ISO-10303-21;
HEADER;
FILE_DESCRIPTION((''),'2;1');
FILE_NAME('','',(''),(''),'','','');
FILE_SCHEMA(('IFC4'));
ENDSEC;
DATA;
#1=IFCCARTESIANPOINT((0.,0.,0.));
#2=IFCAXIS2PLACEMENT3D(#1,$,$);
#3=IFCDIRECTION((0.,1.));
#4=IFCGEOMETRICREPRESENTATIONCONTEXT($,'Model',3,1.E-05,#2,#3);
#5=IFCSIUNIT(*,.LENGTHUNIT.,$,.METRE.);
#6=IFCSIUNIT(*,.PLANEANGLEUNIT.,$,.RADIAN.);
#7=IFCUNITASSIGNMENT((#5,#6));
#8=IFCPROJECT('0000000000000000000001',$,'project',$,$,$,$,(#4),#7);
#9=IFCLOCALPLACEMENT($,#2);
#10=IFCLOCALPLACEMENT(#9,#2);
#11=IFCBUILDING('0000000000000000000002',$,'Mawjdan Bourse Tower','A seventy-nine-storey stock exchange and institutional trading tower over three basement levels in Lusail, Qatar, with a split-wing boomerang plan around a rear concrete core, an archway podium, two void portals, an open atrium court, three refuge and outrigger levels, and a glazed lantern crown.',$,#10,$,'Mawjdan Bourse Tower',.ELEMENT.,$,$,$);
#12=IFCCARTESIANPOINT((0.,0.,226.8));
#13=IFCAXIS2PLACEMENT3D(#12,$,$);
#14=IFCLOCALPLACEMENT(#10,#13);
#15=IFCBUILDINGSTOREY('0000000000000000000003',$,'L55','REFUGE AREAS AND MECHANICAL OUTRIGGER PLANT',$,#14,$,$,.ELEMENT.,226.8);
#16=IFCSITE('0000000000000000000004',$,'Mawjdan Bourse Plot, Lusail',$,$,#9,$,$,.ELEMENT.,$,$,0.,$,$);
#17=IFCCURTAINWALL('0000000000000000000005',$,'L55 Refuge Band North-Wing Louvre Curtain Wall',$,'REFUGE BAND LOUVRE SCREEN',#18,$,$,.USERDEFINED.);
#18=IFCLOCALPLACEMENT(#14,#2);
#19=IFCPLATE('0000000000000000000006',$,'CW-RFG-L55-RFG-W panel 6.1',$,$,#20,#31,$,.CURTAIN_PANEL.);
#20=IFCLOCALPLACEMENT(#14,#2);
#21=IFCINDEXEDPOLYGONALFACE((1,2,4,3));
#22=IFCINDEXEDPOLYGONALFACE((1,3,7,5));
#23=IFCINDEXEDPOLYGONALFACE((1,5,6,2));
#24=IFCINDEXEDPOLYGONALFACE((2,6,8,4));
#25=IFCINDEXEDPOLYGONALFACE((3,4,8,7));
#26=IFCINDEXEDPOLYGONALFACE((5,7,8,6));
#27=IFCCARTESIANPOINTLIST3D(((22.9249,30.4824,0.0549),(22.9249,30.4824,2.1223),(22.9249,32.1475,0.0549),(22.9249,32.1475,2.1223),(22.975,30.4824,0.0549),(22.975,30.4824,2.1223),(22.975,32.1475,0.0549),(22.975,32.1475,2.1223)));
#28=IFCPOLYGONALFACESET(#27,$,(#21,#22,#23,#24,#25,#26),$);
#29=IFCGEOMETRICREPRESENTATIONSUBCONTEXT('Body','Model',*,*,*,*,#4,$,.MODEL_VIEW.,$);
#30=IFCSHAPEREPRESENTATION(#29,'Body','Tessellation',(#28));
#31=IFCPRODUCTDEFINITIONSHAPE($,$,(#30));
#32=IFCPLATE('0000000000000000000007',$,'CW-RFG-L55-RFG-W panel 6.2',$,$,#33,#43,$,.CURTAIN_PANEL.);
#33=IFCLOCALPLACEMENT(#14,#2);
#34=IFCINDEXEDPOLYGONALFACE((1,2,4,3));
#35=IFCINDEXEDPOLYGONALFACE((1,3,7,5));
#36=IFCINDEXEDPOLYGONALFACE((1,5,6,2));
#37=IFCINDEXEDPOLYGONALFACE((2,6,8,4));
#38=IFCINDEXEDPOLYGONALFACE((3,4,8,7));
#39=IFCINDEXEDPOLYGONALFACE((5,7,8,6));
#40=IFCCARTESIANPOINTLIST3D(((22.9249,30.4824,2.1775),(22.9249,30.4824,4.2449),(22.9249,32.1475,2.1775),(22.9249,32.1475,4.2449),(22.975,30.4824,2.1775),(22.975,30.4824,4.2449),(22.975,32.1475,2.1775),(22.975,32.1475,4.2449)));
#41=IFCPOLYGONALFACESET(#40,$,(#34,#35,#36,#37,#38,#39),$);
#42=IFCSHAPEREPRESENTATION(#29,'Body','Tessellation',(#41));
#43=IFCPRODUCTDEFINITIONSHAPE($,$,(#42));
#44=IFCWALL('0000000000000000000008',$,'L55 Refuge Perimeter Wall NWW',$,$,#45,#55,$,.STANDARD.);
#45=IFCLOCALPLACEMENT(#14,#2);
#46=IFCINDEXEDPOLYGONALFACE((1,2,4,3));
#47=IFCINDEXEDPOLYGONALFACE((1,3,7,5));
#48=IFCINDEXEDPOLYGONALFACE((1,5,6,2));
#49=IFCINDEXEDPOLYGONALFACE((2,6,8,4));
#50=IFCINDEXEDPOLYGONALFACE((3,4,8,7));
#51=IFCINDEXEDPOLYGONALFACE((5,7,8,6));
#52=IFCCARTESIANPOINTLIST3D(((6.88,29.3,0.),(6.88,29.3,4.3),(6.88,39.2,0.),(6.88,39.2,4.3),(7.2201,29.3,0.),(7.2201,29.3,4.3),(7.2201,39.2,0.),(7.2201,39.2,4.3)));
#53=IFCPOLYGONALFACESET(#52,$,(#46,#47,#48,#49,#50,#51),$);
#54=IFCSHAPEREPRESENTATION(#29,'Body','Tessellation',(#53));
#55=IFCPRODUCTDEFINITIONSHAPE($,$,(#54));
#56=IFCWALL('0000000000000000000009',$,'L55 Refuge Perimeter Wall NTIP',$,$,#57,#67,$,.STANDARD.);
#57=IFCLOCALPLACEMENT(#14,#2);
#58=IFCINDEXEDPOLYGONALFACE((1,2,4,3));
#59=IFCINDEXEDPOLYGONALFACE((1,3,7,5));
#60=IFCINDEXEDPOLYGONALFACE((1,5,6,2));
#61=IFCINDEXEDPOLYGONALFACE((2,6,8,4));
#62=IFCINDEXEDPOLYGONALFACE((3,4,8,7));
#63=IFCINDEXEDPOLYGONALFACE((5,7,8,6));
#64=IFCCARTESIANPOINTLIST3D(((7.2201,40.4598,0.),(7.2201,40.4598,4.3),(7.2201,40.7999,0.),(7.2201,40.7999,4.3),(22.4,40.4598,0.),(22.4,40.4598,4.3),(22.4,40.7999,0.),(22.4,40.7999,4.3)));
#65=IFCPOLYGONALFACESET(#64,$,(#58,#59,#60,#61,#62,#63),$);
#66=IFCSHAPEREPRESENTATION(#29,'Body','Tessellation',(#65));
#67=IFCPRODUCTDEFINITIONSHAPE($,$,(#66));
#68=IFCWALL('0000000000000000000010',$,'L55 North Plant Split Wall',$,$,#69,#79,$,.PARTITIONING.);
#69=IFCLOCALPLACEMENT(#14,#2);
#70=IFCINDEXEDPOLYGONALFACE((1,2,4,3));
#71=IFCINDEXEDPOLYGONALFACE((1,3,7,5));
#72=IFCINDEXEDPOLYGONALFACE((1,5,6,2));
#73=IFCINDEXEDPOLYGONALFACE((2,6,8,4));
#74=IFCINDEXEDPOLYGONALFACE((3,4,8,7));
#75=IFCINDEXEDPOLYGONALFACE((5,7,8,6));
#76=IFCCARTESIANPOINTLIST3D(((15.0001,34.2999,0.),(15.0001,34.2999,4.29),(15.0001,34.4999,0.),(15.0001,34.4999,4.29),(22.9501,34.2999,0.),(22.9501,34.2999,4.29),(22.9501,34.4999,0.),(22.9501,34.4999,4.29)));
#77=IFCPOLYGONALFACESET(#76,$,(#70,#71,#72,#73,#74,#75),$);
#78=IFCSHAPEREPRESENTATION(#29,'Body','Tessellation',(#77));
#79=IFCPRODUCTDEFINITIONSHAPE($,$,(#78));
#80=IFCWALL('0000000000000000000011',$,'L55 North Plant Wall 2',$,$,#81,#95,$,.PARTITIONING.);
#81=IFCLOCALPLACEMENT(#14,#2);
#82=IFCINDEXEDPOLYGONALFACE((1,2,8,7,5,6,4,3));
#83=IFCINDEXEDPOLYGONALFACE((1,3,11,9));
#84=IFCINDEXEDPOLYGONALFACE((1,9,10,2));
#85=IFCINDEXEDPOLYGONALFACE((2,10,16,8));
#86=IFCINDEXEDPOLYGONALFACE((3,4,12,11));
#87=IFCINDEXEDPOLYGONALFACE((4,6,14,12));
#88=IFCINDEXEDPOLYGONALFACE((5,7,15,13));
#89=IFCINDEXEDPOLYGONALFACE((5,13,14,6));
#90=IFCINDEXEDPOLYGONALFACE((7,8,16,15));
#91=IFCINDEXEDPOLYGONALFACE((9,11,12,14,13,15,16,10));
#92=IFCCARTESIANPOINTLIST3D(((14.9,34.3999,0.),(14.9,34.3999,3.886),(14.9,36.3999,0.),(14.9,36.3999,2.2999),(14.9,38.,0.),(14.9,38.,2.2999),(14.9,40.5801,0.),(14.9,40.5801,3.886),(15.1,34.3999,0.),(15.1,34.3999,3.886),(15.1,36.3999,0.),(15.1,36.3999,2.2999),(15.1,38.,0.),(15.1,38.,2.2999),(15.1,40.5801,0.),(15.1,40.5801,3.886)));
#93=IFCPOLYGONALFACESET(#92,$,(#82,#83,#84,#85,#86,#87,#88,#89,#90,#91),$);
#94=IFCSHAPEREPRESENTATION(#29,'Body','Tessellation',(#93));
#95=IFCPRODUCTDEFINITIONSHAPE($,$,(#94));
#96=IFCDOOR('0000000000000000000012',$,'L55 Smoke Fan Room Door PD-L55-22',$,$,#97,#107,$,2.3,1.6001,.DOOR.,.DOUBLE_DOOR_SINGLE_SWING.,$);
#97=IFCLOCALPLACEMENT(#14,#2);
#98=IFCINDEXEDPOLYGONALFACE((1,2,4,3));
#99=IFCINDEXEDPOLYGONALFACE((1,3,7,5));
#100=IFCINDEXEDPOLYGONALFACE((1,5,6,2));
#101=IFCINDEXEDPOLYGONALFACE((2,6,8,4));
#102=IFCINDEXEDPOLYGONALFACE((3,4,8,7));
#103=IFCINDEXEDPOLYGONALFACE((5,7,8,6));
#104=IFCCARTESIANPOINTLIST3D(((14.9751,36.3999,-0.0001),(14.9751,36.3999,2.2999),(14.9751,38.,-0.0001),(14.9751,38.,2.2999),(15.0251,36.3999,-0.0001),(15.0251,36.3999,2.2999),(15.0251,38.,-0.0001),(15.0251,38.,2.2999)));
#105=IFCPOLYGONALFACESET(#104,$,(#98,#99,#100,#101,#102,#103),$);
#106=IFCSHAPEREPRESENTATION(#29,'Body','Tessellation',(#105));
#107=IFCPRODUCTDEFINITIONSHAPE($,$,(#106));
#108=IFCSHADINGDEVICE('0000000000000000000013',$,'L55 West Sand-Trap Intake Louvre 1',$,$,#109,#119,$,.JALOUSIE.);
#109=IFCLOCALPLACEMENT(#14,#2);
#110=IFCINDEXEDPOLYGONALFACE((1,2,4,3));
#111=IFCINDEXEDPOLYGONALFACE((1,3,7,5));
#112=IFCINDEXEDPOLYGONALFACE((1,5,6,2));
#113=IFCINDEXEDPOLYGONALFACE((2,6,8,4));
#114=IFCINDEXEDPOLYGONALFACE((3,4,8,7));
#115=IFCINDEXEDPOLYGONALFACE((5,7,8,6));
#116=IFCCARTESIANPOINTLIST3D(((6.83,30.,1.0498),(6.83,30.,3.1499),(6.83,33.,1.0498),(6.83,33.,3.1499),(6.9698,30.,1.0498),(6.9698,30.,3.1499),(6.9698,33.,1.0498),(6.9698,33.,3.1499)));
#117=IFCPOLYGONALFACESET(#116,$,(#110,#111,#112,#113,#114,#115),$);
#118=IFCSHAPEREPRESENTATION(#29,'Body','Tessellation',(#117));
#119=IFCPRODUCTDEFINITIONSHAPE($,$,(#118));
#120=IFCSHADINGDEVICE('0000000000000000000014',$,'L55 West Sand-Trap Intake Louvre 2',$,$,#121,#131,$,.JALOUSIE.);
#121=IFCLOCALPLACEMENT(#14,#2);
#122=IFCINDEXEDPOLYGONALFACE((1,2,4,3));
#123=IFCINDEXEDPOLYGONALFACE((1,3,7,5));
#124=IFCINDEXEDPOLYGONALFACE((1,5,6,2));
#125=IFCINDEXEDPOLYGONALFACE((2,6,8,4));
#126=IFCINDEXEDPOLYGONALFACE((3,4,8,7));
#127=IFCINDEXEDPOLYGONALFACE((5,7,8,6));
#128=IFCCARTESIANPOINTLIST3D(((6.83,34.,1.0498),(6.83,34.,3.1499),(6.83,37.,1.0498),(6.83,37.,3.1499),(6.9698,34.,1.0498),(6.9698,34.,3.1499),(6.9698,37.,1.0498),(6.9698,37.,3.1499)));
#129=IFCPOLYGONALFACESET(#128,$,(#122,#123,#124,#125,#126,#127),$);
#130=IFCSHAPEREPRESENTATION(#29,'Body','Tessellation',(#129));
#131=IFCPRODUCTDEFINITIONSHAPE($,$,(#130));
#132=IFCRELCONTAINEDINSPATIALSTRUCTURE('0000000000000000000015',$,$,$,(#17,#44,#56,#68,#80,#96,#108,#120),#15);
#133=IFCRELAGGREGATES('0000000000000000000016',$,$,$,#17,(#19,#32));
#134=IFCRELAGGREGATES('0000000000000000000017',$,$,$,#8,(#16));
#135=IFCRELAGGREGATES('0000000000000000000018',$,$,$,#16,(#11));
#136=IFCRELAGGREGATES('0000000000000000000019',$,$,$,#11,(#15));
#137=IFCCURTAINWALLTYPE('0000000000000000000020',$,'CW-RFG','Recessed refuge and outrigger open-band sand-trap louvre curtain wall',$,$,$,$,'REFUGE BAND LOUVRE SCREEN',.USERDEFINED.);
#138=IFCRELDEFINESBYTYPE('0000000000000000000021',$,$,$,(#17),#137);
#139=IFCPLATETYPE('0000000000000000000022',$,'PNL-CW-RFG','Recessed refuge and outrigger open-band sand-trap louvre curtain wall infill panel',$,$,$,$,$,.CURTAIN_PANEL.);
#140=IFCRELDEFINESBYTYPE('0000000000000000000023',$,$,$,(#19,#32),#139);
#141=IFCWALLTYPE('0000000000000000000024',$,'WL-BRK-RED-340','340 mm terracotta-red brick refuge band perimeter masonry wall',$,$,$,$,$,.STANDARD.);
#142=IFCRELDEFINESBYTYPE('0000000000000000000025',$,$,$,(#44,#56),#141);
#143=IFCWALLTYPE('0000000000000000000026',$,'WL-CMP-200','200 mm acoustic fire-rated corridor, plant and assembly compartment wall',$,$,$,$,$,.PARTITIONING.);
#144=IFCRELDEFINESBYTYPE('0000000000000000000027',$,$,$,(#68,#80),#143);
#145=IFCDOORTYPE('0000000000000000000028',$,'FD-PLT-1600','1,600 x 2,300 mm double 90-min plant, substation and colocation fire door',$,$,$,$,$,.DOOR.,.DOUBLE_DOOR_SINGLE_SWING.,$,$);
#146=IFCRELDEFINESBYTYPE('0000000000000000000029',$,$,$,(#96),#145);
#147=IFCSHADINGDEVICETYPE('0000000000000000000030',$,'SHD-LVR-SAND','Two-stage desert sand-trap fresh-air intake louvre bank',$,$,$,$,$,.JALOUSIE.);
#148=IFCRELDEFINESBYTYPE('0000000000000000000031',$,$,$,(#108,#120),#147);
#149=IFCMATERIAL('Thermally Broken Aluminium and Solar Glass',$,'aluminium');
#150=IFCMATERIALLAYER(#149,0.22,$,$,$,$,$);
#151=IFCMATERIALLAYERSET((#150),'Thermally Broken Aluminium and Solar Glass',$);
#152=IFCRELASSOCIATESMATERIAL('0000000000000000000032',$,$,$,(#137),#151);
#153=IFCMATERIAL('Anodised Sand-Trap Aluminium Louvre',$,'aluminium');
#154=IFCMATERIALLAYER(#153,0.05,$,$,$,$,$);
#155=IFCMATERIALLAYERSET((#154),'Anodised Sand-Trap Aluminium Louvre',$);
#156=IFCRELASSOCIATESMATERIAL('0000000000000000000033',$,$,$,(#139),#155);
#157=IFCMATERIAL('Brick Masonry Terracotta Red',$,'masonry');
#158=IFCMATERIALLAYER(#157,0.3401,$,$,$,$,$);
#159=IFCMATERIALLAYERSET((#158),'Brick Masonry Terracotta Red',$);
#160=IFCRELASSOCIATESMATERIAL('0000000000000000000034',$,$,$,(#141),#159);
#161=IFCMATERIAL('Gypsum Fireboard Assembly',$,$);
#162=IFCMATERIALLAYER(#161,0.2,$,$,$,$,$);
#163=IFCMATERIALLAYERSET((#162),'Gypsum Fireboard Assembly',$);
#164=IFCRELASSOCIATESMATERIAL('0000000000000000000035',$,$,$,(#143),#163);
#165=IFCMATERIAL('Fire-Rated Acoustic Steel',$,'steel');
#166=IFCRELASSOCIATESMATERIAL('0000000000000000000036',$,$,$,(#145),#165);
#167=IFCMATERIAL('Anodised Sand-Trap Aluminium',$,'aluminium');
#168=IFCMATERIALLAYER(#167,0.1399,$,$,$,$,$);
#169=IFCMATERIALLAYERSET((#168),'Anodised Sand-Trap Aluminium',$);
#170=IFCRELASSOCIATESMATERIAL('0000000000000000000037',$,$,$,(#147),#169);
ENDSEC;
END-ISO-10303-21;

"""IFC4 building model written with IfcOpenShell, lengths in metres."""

from ifc_helpers import new_model, si_unit, direction, frame, frame_2d, origin, origin_2d, place, context, subcontext, project, spatial, rectangle, extrude, material, layer, layer_set, type_object, element, fill, aggregate, save


model = new_model("IFC4")

# Units and contexts
model_context = context("Model", 3, precision=1e-05, world=origin(), true_north=direction((0.0, 1.0)))
body_context = subcontext(model_context, "Body", "Model", "MODEL_VIEW")
ifc_project = project(units=[si_unit("LENGTHUNIT", "METRE"), si_unit("PLANEANGLEUNIT", "RADIAN")], contexts=[model_context])

# Site, building, storey
site_placement = place(None, origin())
site = spatial("IfcSite", under=ifc_project, at=site_placement, Name="Mawjdan Bourse Plot, Lusail", CompositionType="ELEMENT", RefElevation=0.0)
building_placement = place(site_placement, origin())
building = spatial("IfcBuilding", under=site, at=building_placement, Name="Mawjdan Bourse Tower", Description="A seventy-nine-storey stock exchange and institutional trading tower over three basement levels in Lusail, Qatar, with a split-wing boomerang plan around a rear concrete core, an archway podium, two void portals, an open atrium court, three refuge and outrigger levels, and a glazed lantern crown.", LongName="Mawjdan Bourse Tower", CompositionType="ELEMENT")
storey_placement = place(building_placement, frame((0.0, 0.0, 226.8)))
storey = spatial("IfcBuildingStorey", under=building, at=storey_placement, Name="L55", Description="REFUGE AREAS AND MECHANICAL OUTRIGGER PLANT", CompositionType="ELEMENT", Elevation=226.8)

# Curtain wall
ifc_material_1 = material(Name="Thermally Broken Aluminium and Solar Glass", Category="aluminium")
ifc_layer_1 = layer(ifc_material_1, 0.22)
ifc_layer_set_1 = layer_set([ifc_layer_1], Name="Thermally Broken Aluminium and Solar Glass")
curtain_wall_type = type_object("IfcCurtainWallType", Name="CW-RFG", Description="Recessed refuge and outrigger open-band sand-trap louvre curtain wall", ElementType="REFUGE BAND LOUVRE SCREEN", PredefinedType="USERDEFINED", material=ifc_layer_set_1)
curtain_wall_placement = place(storey_placement, origin())
curtain_wall = element("IfcCurtainWall", 1, at=curtain_wall_placement, inside=storey, type_object=curtain_wall_type, Name="L55 Refuge Band North-Wing Louvre Curtain Wall", ObjectType="REFUGE BAND LOUVRE SCREEN", PredefinedType="USERDEFINED")

# Plates
ifc_material_2 = material(Name="Anodised Sand-Trap Aluminium Louvre", Category="aluminium")
ifc_layer_2 = layer(ifc_material_2, 0.05)
ifc_layer_set_2 = layer_set([ifc_layer_2], Name="Anodised Sand-Trap Aluminium Louvre")
plate_type = type_object("IfcPlateType", Name="PNL-CW-RFG", Description="Recessed refuge and outrigger open-band sand-trap louvre curtain wall infill panel", PredefinedType="CURTAIN_PANEL", material=ifc_layer_set_2)
plate_1_placement = place(storey_placement, frame((22.95, 31.3149, 0.0549), z_axis=(0.0, 0.0, 1.0), x_axis=(0.0, 1.0, 0.0)))
plate_1 = element("IfcPlate", 2, at=plate_1_placement, type_object=plate_type, Name="CW-RFG-L55-RFG-W panel 6.1", PredefinedType="CURTAIN_PANEL", context=body_context, shape_type="SweptSolid", body=[
    extrude(rectangle(XDim=1.665, YDim=0.05, at=origin_2d()), origin(), (0.0, 0.0, 1.0), 2.0674),
])
plate_2_placement = place(storey_placement, frame((22.95, 31.3149, 2.1775), z_axis=(0.0, 0.0, 1.0), x_axis=(0.0, 1.0, 0.0)))
plate_2 = element("IfcPlate", 3, at=plate_2_placement, type_object=plate_type, Name="CW-RFG-L55-RFG-W panel 6.2", PredefinedType="CURTAIN_PANEL", context=body_context, shape_type="SweptSolid", body=[
    extrude(rectangle(XDim=1.665, YDim=0.05, at=origin_2d()), origin(), (0.0, 0.0, 1.0), 2.0674),
])
aggregate(curtain_wall, [plate_1, plate_2])

# Walls
ifc_material_3 = material(Name="Brick Masonry Terracotta Red", Category="masonry")
ifc_layer_3 = layer(ifc_material_3, 0.3401)
ifc_layer_set_3 = layer_set([ifc_layer_3], Name="Brick Masonry Terracotta Red")
wall_type_1 = type_object("IfcWallType", Name="WL-BRK-RED-340", Description="340 mm terracotta-red brick refuge band perimeter masonry wall", PredefinedType="STANDARD", material=ifc_layer_set_3)
wall_1_placement = place(storey_placement, frame((7.05, 39.2, 0.0), z_axis=(0.0, 0.0, 1.0), x_axis=(0.0, -1.0, 0.0)))
element("IfcWall", 4, at=wall_1_placement, inside=storey, type_object=wall_type_1, Name="L55 Refuge Perimeter Wall NWW", PredefinedType="STANDARD", context=body_context, shape_type="SweptSolid", body=[
    extrude(rectangle(XDim=9.8999, YDim=0.3401, at=frame_2d((4.95, 0.0))), origin(), (0.0, 0.0, 1.0), 4.3),
])
wall_2_placement = place(storey_placement, frame((22.3999, 40.6299, 0.0), z_axis=(0.0, 0.0, 1.0), x_axis=(-1.0, 0.0, 0.0)))
element("IfcWall", 5, at=wall_2_placement, inside=storey, type_object=wall_type_1, Name="L55 Refuge Perimeter Wall NTIP", PredefinedType="STANDARD", context=body_context, shape_type="SweptSolid", body=[
    extrude(rectangle(XDim=15.1799, YDim=0.3401, at=frame_2d((7.5898, 0.0))), origin(), (0.0, 0.0, 1.0), 4.3),
])
ifc_material_4 = material(Name="Gypsum Fireboard Assembly")
ifc_layer_4 = layer(ifc_material_4, 0.2)
ifc_layer_set_4 = layer_set([ifc_layer_4], Name="Gypsum Fireboard Assembly")
wall_type_2 = type_object("IfcWallType", Name="WL-CMP-200", Description="200 mm acoustic fire-rated corridor, plant and assembly compartment wall", PredefinedType="PARTITIONING", material=ifc_layer_set_4)
wall_3_placement = place(storey_placement, frame((15.0, 34.3999, 0.0), z_axis=(0.0, 0.0, 1.0), x_axis=(1.0, 0.0, 0.0)))
element("IfcWall", 6, at=wall_3_placement, inside=storey, type_object=wall_type_2, Name="L55 North Plant Split Wall", PredefinedType="PARTITIONING", context=body_context, shape_type="SweptSolid", body=[
    extrude(rectangle(XDim=7.95, YDim=0.2, at=frame_2d((3.9751, 0.0))), origin(), (0.0, 0.0, 1.0), 4.29),
])

# Wall, opening, door
wall_4_placement = place(storey_placement, frame((15.0, 34.3999, 0.0), z_axis=(0.0, 0.0, 1.0), x_axis=(0.0, 1.0, 0.0)))
wall_4 = element("IfcWall", 7, at=wall_4_placement, inside=storey, type_object=wall_type_2, Name="L55 North Plant Wall 2", PredefinedType="PARTITIONING", context=body_context, shape_type="SweptSolid", body=[
    extrude(rectangle(XDim=6.1802, YDim=0.2, at=frame_2d((3.0901, 0.0))), origin(), (0.0, 0.0, 1.0), 3.886),
])
opening_placement = place(wall_4_placement, frame((2.0, 0.0, 0.0)))
opening = element("IfcOpeningElement", 8, at=opening_placement, cuts=wall_4, PredefinedType="OPENING", context=body_context, shape_type="SweptSolid", body=[
    extrude(rectangle(XDim=1.6001, YDim=2.3, at=frame_2d((0.8, 1.1499))), frame((0.0, 0.1099, 0.0), z_axis=(0.0, -1.0, 0.0), x_axis=(1.0, 0.0, 0.0)), (0.0, 0.0, 1.0), 0.22),
])
ifc_material_5 = material(Name="Fire-Rated Acoustic Steel", Category="steel")
door_type = type_object("IfcDoorType", Name="FD-PLT-1600", Description="1,600 x 2,300 mm double 90-min plant, substation and colocation fire door", OperationType="DOUBLE_DOOR_SINGLE_SWING", PredefinedType="DOOR", material=ifc_material_5)
door_placement = place(opening_placement, origin())
door = element("IfcDoor", 9, at=door_placement, inside=storey, type_object=door_type, Name="L55 Smoke Fan Room Door PD-L55-22", OperationType="DOUBLE_DOOR_SINGLE_SWING", OverallHeight=2.3, OverallWidth=1.6001, PredefinedType="DOOR", context=body_context, shape_type="SweptSolid", body=[
    extrude(rectangle(XDim=1.6001, YDim=2.3, at=frame_2d((0.8, 1.1499))), frame((0.0, 0.0249, 0.0), z_axis=(0.0, -1.0, 0.0), x_axis=(1.0, 0.0, 0.0)), (0.0, 0.0, 1.0), 0.05),
])
fill(opening, door)

# Shading devices
ifc_material_6 = material(Name="Anodised Sand-Trap Aluminium", Category="aluminium")
ifc_layer_5 = layer(ifc_material_6, 0.1399)
ifc_layer_set_5 = layer_set([ifc_layer_5], Name="Anodised Sand-Trap Aluminium")
shading_device_type = type_object("IfcShadingDeviceType", Name="SHD-LVR-SAND", Description="Two-stage desert sand-trap fresh-air intake louvre bank", PredefinedType="JALOUSIE", material=ifc_layer_set_5)
for number, where, z_axis, x_axis, name in (
    (10, (6.8999, 31.5, 1.0498), (0.0, 0.0, 1.0), (1.0, 0.0, 0.0), "L55 West Sand-Trap Intake Louvre 1"),
    (11, (6.8999, 35.5, 1.0498), (0.0, 0.0, 1.0), (1.0, 0.0, 0.0), "L55 West Sand-Trap Intake Louvre 2"),
):
    element("IfcShadingDevice", number, at=place(storey_placement, frame(where, z_axis=z_axis, x_axis=x_axis)), inside=storey, type_object=shading_device_type, Name=name, PredefinedType="JALOUSIE", context=body_context, shape_type="SweptSolid", body=[
        extrude(rectangle(XDim=0.1399, YDim=3.0, at=origin_2d()), origin(), (0.0, 0.0, 1.0), 2.1001),
    ])

save(model, "model.ifc")
